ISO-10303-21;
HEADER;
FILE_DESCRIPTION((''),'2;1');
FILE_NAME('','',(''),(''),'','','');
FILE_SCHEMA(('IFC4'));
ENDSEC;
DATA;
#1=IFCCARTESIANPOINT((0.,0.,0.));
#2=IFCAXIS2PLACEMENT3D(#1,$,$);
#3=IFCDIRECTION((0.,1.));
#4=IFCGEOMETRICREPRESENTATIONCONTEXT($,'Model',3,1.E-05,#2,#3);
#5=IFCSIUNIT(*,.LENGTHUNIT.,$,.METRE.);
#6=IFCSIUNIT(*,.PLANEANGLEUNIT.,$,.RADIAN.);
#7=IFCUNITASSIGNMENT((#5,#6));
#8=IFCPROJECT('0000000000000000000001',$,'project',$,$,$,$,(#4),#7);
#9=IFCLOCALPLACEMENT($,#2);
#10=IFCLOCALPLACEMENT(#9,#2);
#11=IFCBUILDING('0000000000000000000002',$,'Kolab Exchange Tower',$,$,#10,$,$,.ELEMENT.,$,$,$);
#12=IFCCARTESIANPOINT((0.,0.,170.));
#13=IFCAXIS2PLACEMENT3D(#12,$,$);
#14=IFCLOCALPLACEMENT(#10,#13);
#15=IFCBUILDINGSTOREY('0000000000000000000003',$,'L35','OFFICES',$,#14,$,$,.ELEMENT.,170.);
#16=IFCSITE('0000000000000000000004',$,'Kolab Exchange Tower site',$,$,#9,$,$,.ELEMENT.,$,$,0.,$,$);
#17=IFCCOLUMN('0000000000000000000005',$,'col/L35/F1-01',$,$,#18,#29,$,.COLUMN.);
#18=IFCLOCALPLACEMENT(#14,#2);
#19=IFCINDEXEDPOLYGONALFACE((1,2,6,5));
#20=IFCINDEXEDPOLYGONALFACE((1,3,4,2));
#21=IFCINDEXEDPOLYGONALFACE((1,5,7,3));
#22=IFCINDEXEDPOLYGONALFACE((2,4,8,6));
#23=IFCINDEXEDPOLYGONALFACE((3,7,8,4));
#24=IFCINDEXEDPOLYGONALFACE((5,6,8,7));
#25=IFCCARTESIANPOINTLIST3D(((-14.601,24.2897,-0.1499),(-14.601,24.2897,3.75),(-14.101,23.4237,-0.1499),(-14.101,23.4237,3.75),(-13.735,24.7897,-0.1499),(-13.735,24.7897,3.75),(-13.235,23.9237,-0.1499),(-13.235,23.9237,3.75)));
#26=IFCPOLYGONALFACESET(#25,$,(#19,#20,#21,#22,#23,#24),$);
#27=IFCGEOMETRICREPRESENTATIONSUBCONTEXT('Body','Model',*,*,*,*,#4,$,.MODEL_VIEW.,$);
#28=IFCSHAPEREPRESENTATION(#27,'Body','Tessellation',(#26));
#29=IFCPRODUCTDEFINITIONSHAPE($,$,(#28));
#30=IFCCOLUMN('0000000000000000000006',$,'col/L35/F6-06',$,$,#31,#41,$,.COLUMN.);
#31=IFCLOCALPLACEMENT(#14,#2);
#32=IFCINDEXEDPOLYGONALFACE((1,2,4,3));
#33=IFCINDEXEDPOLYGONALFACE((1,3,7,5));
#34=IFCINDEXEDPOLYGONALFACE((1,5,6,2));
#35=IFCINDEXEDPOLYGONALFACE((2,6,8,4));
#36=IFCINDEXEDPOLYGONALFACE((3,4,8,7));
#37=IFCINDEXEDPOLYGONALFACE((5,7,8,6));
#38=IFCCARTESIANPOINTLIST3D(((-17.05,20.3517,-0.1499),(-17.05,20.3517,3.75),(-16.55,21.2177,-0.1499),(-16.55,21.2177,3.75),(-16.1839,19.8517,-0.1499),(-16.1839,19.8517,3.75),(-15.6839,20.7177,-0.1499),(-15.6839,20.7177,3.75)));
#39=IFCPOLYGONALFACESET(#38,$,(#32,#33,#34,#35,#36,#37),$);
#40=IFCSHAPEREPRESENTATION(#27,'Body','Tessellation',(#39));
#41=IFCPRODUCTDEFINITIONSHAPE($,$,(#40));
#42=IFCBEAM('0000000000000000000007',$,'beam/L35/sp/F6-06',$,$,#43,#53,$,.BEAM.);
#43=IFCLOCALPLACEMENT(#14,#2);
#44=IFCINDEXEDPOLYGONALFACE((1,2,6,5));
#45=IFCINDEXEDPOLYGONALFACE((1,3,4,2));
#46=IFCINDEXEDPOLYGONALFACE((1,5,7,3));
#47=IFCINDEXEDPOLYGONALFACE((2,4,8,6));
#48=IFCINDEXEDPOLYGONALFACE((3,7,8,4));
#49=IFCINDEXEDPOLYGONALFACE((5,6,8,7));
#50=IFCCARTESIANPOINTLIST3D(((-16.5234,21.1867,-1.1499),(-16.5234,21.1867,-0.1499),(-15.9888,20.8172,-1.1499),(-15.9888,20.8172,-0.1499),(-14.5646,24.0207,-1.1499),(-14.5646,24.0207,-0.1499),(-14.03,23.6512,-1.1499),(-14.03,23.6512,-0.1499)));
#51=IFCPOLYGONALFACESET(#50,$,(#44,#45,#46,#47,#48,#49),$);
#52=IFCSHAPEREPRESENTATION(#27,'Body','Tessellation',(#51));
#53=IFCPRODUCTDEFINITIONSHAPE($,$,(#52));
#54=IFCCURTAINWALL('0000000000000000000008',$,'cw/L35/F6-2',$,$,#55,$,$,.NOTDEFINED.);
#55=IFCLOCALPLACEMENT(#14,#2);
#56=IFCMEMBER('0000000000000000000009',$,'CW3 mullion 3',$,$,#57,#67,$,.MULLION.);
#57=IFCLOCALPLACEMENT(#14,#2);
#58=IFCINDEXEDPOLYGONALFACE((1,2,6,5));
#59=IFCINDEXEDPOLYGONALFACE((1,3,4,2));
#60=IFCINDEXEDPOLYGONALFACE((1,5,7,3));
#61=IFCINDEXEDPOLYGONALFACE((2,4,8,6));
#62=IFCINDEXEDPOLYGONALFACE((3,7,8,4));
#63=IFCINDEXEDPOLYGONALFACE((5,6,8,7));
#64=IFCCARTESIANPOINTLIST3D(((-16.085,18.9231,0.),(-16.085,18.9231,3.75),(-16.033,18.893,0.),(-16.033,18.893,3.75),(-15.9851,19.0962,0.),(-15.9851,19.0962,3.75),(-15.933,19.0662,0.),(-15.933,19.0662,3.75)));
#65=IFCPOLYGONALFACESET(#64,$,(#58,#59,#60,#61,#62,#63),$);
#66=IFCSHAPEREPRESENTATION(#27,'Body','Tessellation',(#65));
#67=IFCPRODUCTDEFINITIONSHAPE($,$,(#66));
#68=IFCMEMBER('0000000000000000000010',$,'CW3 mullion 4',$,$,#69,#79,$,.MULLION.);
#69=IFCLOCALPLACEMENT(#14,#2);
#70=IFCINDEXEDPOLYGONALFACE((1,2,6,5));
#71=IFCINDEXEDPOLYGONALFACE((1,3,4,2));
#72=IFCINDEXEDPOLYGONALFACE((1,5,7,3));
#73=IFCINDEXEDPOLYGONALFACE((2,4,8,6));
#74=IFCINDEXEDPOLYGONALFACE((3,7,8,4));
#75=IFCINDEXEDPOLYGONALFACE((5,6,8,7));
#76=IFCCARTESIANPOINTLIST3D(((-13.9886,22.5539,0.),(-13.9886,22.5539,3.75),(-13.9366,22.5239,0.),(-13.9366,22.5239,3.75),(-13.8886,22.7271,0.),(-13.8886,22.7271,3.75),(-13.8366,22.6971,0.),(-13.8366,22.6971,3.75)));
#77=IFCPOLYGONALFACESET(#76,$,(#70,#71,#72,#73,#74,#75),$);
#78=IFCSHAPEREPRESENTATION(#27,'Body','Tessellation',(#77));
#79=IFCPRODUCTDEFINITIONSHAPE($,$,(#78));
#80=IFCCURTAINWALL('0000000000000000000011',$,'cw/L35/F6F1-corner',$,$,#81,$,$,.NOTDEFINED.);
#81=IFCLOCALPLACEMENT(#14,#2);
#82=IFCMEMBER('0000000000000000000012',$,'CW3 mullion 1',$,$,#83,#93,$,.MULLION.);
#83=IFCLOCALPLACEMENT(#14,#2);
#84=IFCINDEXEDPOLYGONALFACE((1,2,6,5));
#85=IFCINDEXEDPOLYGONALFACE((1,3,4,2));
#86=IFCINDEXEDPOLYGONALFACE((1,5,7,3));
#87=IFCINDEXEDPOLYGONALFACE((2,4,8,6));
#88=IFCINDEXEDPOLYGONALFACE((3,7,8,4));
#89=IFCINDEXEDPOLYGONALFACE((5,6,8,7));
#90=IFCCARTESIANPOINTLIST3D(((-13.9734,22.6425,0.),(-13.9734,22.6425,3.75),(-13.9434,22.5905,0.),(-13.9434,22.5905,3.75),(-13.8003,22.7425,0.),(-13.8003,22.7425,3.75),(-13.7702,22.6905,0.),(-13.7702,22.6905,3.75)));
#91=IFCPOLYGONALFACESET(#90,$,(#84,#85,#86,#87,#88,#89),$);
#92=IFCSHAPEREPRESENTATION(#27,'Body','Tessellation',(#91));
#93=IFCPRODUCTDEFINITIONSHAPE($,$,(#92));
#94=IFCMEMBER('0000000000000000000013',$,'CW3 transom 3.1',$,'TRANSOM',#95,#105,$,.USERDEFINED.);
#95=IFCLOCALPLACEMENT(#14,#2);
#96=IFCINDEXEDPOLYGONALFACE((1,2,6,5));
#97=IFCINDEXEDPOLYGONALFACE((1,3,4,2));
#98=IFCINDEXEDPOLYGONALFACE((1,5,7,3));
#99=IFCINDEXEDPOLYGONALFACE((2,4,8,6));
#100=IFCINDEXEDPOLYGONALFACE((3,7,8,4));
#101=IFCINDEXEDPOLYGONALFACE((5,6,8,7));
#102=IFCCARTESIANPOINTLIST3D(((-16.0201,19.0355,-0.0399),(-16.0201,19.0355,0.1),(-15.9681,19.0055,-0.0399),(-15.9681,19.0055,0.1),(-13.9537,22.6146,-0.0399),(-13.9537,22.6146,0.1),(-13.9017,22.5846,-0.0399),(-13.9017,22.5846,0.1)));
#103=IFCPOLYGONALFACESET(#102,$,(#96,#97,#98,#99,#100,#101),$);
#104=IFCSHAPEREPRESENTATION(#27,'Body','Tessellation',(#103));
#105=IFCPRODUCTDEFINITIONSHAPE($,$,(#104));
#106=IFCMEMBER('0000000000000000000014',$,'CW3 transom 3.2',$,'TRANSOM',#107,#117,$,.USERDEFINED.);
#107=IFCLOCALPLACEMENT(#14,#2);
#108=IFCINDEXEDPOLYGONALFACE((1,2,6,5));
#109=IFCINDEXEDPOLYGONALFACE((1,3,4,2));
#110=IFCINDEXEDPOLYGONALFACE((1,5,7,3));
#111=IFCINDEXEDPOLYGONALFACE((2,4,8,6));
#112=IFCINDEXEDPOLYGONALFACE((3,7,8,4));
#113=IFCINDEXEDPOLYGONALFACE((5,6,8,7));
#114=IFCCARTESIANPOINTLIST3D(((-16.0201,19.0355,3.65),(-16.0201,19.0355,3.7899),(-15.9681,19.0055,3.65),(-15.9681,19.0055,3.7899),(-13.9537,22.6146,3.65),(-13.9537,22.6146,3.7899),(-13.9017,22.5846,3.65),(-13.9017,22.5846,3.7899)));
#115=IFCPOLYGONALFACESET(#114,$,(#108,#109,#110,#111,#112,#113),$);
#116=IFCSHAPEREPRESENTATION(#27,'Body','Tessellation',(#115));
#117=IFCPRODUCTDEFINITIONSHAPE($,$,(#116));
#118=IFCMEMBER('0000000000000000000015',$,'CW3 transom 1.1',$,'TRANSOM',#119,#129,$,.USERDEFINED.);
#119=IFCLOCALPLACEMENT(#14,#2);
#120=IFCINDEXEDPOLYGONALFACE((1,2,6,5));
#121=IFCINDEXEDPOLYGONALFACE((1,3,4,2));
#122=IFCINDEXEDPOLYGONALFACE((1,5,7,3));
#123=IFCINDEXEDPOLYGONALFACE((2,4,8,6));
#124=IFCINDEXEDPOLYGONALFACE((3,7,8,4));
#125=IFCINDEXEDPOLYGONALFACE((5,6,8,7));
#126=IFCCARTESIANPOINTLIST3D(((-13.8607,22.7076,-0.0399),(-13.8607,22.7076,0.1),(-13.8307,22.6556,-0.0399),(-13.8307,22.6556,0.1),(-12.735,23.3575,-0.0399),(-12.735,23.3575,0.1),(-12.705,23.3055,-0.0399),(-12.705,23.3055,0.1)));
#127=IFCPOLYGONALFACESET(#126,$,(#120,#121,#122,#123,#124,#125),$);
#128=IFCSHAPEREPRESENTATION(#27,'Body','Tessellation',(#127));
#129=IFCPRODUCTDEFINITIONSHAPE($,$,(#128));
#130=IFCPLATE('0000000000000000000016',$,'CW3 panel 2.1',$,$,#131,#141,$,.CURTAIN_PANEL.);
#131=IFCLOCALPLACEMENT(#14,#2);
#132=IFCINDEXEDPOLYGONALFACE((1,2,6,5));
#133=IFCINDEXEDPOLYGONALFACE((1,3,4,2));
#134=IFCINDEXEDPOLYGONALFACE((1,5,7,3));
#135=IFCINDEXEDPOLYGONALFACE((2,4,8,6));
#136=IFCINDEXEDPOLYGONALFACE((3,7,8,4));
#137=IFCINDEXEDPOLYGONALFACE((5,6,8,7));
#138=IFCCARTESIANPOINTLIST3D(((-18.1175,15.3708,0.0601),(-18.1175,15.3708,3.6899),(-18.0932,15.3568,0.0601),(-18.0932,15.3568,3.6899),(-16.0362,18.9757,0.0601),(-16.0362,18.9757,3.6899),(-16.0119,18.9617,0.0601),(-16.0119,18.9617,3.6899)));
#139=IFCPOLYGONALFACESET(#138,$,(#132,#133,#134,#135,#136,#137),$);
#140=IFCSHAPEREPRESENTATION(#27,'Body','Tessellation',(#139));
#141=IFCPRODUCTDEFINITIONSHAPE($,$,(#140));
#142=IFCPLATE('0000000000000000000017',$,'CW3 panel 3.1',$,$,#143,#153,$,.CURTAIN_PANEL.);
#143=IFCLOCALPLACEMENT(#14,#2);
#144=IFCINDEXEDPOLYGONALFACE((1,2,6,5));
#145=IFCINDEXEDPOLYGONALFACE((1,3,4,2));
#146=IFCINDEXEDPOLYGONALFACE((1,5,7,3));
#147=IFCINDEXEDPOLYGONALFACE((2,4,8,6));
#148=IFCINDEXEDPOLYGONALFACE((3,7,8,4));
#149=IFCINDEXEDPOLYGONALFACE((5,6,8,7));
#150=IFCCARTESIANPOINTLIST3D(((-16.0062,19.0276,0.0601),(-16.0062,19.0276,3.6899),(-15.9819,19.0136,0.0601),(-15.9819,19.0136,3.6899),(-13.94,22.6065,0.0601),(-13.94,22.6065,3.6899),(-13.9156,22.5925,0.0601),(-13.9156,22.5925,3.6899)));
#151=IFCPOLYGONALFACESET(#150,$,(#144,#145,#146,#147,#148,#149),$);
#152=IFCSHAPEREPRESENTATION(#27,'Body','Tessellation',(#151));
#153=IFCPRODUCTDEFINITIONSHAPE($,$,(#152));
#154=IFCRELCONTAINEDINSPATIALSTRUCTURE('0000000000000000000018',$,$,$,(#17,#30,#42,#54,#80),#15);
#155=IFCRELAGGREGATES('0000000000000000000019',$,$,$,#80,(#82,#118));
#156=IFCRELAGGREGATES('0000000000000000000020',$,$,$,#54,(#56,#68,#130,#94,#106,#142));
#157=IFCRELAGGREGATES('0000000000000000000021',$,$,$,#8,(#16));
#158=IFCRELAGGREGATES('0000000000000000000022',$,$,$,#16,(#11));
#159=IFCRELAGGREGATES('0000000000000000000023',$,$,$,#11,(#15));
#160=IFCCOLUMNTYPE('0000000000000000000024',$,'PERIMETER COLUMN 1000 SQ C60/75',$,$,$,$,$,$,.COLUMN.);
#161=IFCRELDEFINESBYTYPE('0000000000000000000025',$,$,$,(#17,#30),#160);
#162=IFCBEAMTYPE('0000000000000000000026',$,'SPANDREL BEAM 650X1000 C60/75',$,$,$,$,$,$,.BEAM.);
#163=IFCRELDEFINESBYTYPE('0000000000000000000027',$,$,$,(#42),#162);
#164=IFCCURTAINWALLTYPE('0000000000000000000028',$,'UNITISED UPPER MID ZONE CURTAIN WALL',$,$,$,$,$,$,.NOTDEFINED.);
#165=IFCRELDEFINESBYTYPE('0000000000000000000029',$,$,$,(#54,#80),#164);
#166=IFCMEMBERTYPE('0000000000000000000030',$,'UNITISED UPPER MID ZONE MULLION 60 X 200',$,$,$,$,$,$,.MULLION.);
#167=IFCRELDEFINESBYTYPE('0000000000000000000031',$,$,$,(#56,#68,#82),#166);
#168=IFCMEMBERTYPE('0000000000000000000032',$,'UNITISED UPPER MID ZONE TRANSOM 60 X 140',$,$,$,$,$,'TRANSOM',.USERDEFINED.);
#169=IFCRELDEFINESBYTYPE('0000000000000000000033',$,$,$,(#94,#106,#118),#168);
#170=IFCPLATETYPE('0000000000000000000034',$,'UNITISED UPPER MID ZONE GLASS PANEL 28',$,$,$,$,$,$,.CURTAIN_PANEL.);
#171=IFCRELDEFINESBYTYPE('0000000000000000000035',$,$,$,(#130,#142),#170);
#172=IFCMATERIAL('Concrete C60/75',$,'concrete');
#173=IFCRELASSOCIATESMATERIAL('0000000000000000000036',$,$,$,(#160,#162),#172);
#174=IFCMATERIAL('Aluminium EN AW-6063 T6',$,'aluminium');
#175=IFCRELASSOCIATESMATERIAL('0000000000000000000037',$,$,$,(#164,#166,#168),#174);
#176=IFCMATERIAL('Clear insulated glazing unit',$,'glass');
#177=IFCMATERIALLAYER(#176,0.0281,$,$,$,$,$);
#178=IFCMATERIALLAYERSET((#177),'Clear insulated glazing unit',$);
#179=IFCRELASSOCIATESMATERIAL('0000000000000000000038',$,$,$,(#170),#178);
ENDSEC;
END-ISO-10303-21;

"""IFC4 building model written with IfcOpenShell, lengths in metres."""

from ifc_helpers import new_model, si_unit, direction, frame, origin, origin_2d, place, context, subcontext, project, spatial, rectangle, extrude, material, layer, layer_set, material_profile, profile_set, type_object, element, aggregate, save


model = new_model("IFC4")

# Units and contexts
model_context = context("Model", 3, precision=1e-05, world=origin(), true_north=direction((0.0, 1.0)))
body_context = subcontext(model_context, "Body", "Model", "MODEL_VIEW")
ifc_project = project(units=[si_unit("LENGTHUNIT", "METRE"), si_unit("PLANEANGLEUNIT", "RADIAN")], contexts=[model_context])

# Site, building, storey
site_placement = place(None, origin())
site = spatial("IfcSite", under=ifc_project, at=site_placement, Name="Kolab Exchange Tower site", CompositionType="ELEMENT", RefElevation=0.0)
building_placement = place(site_placement, origin())
building = spatial("IfcBuilding", under=site, at=building_placement, Name="Kolab Exchange Tower", CompositionType="ELEMENT")
storey_placement = place(building_placement, frame((0.0, 0.0, 170.0)))
storey = spatial("IfcBuildingStorey", under=building, at=storey_placement, Name="L35", Description="OFFICES", CompositionType="ELEMENT", Elevation=170.0)

# Columns
ifc_material_1 = material(Name="Concrete C60/75", Category="concrete")
ifc_material_profile_1 = material_profile(ifc_material_1, rectangle(XDim=1.0, YDim=1.0, at=origin_2d()), Name="RC1000")
ifc_profile_set_1 = profile_set([ifc_material_profile_1], Name="Concrete C60/75")
column_type = type_object("IfcColumnType", Name="PERIMETER COLUMN 1000 SQ C60/75", PredefinedType="COLUMN", material=ifc_profile_set_1)
for number, where, z_axis, x_axis, name in (
    (1, (-13.918, 24.1067, -0.1499), (0.0, 0.0, 1.0), (0.866025, 0.5, 0.0), "col/L35/F1-01"),
    (2, (-16.3669, 20.5347, -0.1499), (0.0, 0.0, 1.0), (0.5, 0.866025, 0.0), "col/L35/F6-06"),
):
    element("IfcColumn", number, at=place(storey_placement, frame(where, z_axis=z_axis, x_axis=x_axis)), inside=storey, type_object=column_type, Name=name, PredefinedType="COLUMN", context=body_context, shape_type="SweptSolid", body=[
        extrude(rectangle(XDim=1.0, YDim=1.0, at=origin_2d()), origin(), (0.0, 0.0, 1.0), 3.8999),
    ])

# Beam
ifc_material_profile_2 = material_profile(ifc_material_1, rectangle(XDim=0.6499, YDim=1.0, at=origin_2d()), Name="RC650X1000")
ifc_profile_set_2 = profile_set([ifc_material_profile_2], Name="Concrete C60/75")
beam_type = type_object("IfcBeamType", Name="SPANDREL BEAM 650X1000 C60/75", PredefinedType="BEAM", material=ifc_profile_set_2)
beam_placement = place(storey_placement, frame((-16.2561, 21.002, -0.6499), z_axis=(0.568572, 0.822633, 0.0), x_axis=(-0.822633, 0.568572, 0.0)))
element("IfcBeam", 3, at=beam_placement, inside=storey, type_object=beam_type, Name="beam/L35/sp/F6-06", PredefinedType="BEAM", context=body_context, shape_type="SweptSolid", body=[
    extrude(rectangle(XDim=0.6499, YDim=1.0, at=origin_2d()), origin(), (0.0, 0.0, 1.0), 3.4451),
])

# Curtain wall, members
ifc_material_2 = material(Name="Aluminium EN AW-6063 T6", Category="aluminium")
curtain_wall_type = type_object("IfcCurtainWallType", Name="UNITISED UPPER MID ZONE CURTAIN WALL", PredefinedType="NOTDEFINED", material=ifc_material_2)
curtain_wall_1_placement = place(storey_placement, origin())
curtain_wall_1 = element("IfcCurtainWall", 4, at=curtain_wall_1_placement, inside=storey, type_object=curtain_wall_type, Name="cw/L35/F6-2", PredefinedType="NOTDEFINED")
ifc_material_profile_3 = material_profile(ifc_material_2, rectangle(XDim=0.0601, YDim=0.2, at=origin_2d()), Name="RECT 60X200")
ifc_profile_set_3 = profile_set([ifc_material_profile_3], Name="Aluminium EN AW-6063 T6")
member_type_1 = type_object("IfcMemberType", Name="UNITISED UPPER MID ZONE MULLION 60 X 200", PredefinedType="MULLION", material=ifc_profile_set_3)
member_1_placement = place(storey_placement, frame((-16.009, 18.9946, 0.0), z_axis=(0.0, 0.0, 1.0), x_axis=(-0.866025, 0.5, 0.0)))
member_1 = element("IfcMember", 5, at=member_1_placement, type_object=member_type_1, Name="CW3 mullion 3", PredefinedType="MULLION", context=body_context, shape_type="SweptSolid", body=[
    extrude(rectangle(XDim=0.0601, YDim=0.2, at=origin_2d()), origin(), (0.0, 0.0, 1.0), 3.75),
])
member_2_placement = place(storey_placement, frame((-13.9126, 22.6255, 0.0), z_axis=(0.0, 0.0, 1.0), x_axis=(-0.866025, 0.5, 0.0)))
member_2 = element("IfcMember", 6, at=member_2_placement, type_object=member_type_1, Name="CW3 mullion 4", PredefinedType="MULLION", context=body_context, shape_type="SweptSolid", body=[
    extrude(rectangle(XDim=0.0601, YDim=0.2, at=origin_2d()), origin(), (0.0, 0.0, 1.0), 3.75),
])

# Curtain wall, member
curtain_wall_2_placement = place(storey_placement, origin())
curtain_wall_2 = element("IfcCurtainWall", 7, at=curtain_wall_2_placement, inside=storey, type_object=curtain_wall_type, Name="cw/L35/F6F1-corner", PredefinedType="NOTDEFINED")
member_3_placement = place(storey_placement, frame((-13.8718, 22.6665, 0.0), z_axis=(0.0, 0.0, 1.0), x_axis=(-0.5, 0.866025, 0.0)))
member_3 = element("IfcMember", 8, at=member_3_placement, type_object=member_type_1, Name="CW3 mullion 1", PredefinedType="MULLION", context=body_context, shape_type="SweptSolid", body=[
    extrude(rectangle(XDim=0.0601, YDim=0.2, at=origin_2d()), origin(), (0.0, 0.0, 1.0), 3.75),
])

# Members
ifc_material_profile_4 = material_profile(ifc_material_2, rectangle(XDim=0.0601, YDim=0.1399, at=origin_2d()), Name="RECT 60X140")
ifc_profile_set_4 = profile_set([ifc_material_profile_4], Name="Aluminium EN AW-6063 T6")
member_type_2 = type_object("IfcMemberType", Name="UNITISED UPPER MID ZONE TRANSOM 60 X 140", ElementType="TRANSOM", PredefinedType="USERDEFINED", material=ifc_profile_set_4)
member_4_placement = place(storey_placement, frame((-15.9941, 19.0205, 0.03), z_axis=(0.500002, 0.866024, 0.0), x_axis=(-0.866024, 0.500002, 0.0)))
member_4 = element("IfcMember", 9, at=member_4_placement, type_object=member_type_2, Name="CW3 transom 3.1", ObjectType="TRANSOM", PredefinedType="USERDEFINED", context=body_context, shape_type="SweptSolid", body=[
    extrude(rectangle(XDim=0.0601, YDim=0.1399, at=origin_2d()), origin(), (0.0, 0.0, 1.0), 4.1328),
])
member_5_placement = place(storey_placement, frame((-15.9941, 19.0205, 3.72), z_axis=(0.500002, 0.866024, 0.0), x_axis=(-0.866024, 0.500002, 0.0)))
member_5 = element("IfcMember", 10, at=member_5_placement, type_object=member_type_2, Name="CW3 transom 3.2", ObjectType="TRANSOM", PredefinedType="USERDEFINED", context=body_context, shape_type="SweptSolid", body=[
    extrude(rectangle(XDim=0.0601, YDim=0.1399, at=origin_2d()), origin(), (0.0, 0.0, 1.0), 4.1328),
])
member_6_placement = place(storey_placement, frame((-13.8457, 22.6816, 0.03), z_axis=(0.866039, 0.499977, 0.0), x_axis=(-0.499977, 0.866039, 0.0)))
member_6 = element("IfcMember", 11, at=member_6_placement, type_object=member_type_2, Name="CW3 transom 1.1", ObjectType="TRANSOM", PredefinedType="USERDEFINED", context=body_context, shape_type="SweptSolid", body=[
    extrude(rectangle(XDim=0.0601, YDim=0.1399, at=origin_2d()), origin(), (0.0, 0.0, 1.0), 1.2998),
])
aggregate(curtain_wall_2, [member_3, member_6])

# Plates
ifc_material_3 = material(Name="Clear insulated glazing unit", Category="glass")
ifc_layer_1 = layer(ifc_material_3, 0.0281)
ifc_layer_set_1 = layer_set([ifc_layer_1], Name="Clear insulated glazing unit")
plate_type = type_object("IfcPlateType", Name="UNITISED UPPER MID ZONE GLASS PANEL 28", PredefinedType="CURTAIN_PANEL", material=ifc_layer_set_1)
plate_1_placement = place(storey_placement, frame((-17.0647, 17.1663, 0.0601), z_axis=(0.0, 0.0, 1.0), x_axis=(0.5, 0.866025, 0.0)))
plate_1 = element("IfcPlate", 12, at=plate_1_placement, type_object=plate_type, Name="CW3 panel 2.1", PredefinedType="CURTAIN_PANEL", context=body_context, shape_type="SweptSolid", body=[
    extrude(rectangle(XDim=4.1626, YDim=0.0281, at=origin_2d()), origin(), (0.0, 0.0, 1.0), 3.6299),
])
plate_2_placement = place(storey_placement, frame((-14.9609, 20.8101, 0.0601), z_axis=(0.0, 0.0, 1.0), x_axis=(0.5, 0.866025, 0.0)))
plate_2 = element("IfcPlate", 13, at=plate_2_placement, type_object=plate_type, Name="CW3 panel 3.1", PredefinedType="CURTAIN_PANEL", context=body_context, shape_type="SweptSolid", body=[
    extrude(rectangle(XDim=4.1326, YDim=0.0281, at=origin_2d()), origin(), (0.0, 0.0, 1.0), 3.6299),
])
aggregate(curtain_wall_1, [member_1, member_2, plate_1, member_4, member_5, plate_2])

save(model, "model.ifc")
